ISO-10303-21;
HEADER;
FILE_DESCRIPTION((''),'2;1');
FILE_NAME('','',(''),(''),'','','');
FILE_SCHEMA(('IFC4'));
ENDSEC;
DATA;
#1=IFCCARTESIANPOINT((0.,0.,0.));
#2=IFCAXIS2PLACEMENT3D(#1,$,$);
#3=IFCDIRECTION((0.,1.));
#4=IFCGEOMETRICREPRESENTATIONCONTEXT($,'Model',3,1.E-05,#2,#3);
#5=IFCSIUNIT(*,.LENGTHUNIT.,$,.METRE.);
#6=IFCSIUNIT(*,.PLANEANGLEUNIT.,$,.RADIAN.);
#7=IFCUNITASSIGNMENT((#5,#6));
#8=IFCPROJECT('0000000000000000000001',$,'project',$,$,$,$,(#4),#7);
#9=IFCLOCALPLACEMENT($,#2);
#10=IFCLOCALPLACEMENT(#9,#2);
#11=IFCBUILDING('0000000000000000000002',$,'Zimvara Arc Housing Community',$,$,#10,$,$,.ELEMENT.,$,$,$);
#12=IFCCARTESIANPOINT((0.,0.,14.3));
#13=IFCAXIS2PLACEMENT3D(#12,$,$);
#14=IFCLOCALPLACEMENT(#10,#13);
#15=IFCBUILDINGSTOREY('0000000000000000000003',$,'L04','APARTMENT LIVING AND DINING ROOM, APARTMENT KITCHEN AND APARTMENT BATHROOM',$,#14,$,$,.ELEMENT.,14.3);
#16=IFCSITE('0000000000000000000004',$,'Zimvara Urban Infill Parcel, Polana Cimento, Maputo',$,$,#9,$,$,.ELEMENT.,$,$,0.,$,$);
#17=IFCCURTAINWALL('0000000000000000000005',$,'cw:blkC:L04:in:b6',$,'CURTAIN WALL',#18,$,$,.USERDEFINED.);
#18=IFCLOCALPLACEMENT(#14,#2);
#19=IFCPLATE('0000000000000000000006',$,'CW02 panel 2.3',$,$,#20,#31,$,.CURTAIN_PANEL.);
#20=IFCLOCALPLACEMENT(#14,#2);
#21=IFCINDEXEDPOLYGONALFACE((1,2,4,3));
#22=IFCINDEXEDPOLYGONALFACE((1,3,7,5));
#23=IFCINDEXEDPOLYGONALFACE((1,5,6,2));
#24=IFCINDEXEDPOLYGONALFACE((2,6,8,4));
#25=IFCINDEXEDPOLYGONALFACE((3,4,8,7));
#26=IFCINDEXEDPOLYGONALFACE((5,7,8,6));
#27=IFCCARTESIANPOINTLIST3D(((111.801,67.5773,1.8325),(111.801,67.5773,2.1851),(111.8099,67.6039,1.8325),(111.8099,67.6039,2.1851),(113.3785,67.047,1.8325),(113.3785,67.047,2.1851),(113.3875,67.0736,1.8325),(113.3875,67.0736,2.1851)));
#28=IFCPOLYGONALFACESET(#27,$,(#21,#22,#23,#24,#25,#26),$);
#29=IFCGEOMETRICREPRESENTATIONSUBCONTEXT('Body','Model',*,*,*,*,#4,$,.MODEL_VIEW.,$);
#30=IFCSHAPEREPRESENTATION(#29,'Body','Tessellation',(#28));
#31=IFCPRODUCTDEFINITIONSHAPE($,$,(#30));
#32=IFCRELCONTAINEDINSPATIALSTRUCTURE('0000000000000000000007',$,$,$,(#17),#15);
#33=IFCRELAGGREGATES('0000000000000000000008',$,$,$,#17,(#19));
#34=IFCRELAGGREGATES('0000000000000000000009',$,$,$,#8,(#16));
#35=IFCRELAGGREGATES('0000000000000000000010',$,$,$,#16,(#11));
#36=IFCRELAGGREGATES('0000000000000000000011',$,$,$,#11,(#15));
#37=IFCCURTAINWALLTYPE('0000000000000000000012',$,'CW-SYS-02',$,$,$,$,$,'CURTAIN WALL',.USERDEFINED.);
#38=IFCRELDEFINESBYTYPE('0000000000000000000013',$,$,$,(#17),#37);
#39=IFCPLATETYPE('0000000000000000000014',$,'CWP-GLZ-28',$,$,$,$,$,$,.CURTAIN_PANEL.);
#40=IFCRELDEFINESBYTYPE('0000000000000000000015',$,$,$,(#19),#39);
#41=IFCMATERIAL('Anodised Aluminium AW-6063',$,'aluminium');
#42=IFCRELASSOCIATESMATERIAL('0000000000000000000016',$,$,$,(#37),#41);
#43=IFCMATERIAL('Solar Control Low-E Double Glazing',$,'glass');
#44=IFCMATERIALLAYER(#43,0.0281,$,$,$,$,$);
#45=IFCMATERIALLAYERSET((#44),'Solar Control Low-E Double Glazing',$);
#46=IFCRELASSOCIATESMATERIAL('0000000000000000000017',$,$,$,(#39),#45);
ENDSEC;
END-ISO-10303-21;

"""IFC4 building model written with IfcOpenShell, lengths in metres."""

from ifc_helpers import new_model, si_unit, direction, frame, origin, origin_2d, place, context, subcontext, project, spatial, rectangle, extrude, material, layer, layer_set, type_object, element, aggregate, save


model = new_model("IFC4")

# Units and contexts
model_context = context("Model", 3, precision=1e-05, world=origin(), true_north=direction((0.0, 1.0)))
body_context = subcontext(model_context, "Body", "Model", "MODEL_VIEW")
ifc_project = project(units=[si_unit("LENGTHUNIT", "METRE"), si_unit("PLANEANGLEUNIT", "RADIAN")], contexts=[model_context])

# Site, building, storey
site_placement = place(None, origin())
site = spatial("IfcSite", under=ifc_project, at=site_placement, Name="Zimvara Urban Infill Parcel, Polana Cimento, Maputo", CompositionType="ELEMENT", RefElevation=0.0)
building_placement = place(site_placement, origin())
building = spatial("IfcBuilding", under=site, at=building_placement, Name="Zimvara Arc Housing Community", CompositionType="ELEMENT")
storey_placement = place(building_placement, frame((0.0, 0.0, 14.3)))
storey = spatial("IfcBuildingStorey", under=building, at=storey_placement, Name="L04", Description="APARTMENT LIVING AND DINING ROOM, APARTMENT KITCHEN AND APARTMENT BATHROOM", CompositionType="ELEMENT", Elevation=14.3)

# Curtain wall
ifc_material_1 = material(Name="Anodised Aluminium AW-6063", Category="aluminium")
curtain_wall_type_1 = type_object("IfcCurtainWallType", Name="CW-SYS-02", ElementType="CURTAIN WALL", PredefinedType="USERDEFINED", material=ifc_material_1)
curtain_wall_1_placement = place(storey_placement, origin())
curtain_wall_1 = element("IfcCurtainWall", 1, at=curtain_wall_1_placement, inside=storey, type_object=curtain_wall_type_1, Name="cw:blkC:L04:in:b6", ObjectType="CURTAIN WALL", PredefinedType="USERDEFINED")

# Plate
ifc_material_2 = material(Name="Solar Control Low-E Double Glazing", Category="glass")
ifc_layer_1 = layer(ifc_material_2, 0.0281)
ifc_layer_set_1 = layer_set([ifc_layer_1], Name="Solar Control Low-E Double Glazing")
plate_type_1 = type_object("IfcPlateType", Name="CWP-GLZ-28", PredefinedType="CURTAIN_PANEL", material=ifc_layer_set_1)
plate_1_placement = place(storey_placement, frame((112.5942, 67.3254, 1.8325), z_axis=(0.0, 0.0, 1.0), x_axis=(0.947879, -0.31863, 0.0)))
plate_1 = element("IfcPlate", 2, at=plate_1_placement, type_object=plate_type_1, Name="CW02 panel 2.3", PredefinedType="CURTAIN_PANEL", context=body_context, shape_type="SweptSolid", body=[
    extrude(rectangle(XDim=1.6643, YDim=0.0281, at=origin_2d()), origin(), (0.0, 0.0, 1.0), 0.3525),
])
aggregate(curtain_wall_1, [plate_1])

save(model, "model.ifc")
